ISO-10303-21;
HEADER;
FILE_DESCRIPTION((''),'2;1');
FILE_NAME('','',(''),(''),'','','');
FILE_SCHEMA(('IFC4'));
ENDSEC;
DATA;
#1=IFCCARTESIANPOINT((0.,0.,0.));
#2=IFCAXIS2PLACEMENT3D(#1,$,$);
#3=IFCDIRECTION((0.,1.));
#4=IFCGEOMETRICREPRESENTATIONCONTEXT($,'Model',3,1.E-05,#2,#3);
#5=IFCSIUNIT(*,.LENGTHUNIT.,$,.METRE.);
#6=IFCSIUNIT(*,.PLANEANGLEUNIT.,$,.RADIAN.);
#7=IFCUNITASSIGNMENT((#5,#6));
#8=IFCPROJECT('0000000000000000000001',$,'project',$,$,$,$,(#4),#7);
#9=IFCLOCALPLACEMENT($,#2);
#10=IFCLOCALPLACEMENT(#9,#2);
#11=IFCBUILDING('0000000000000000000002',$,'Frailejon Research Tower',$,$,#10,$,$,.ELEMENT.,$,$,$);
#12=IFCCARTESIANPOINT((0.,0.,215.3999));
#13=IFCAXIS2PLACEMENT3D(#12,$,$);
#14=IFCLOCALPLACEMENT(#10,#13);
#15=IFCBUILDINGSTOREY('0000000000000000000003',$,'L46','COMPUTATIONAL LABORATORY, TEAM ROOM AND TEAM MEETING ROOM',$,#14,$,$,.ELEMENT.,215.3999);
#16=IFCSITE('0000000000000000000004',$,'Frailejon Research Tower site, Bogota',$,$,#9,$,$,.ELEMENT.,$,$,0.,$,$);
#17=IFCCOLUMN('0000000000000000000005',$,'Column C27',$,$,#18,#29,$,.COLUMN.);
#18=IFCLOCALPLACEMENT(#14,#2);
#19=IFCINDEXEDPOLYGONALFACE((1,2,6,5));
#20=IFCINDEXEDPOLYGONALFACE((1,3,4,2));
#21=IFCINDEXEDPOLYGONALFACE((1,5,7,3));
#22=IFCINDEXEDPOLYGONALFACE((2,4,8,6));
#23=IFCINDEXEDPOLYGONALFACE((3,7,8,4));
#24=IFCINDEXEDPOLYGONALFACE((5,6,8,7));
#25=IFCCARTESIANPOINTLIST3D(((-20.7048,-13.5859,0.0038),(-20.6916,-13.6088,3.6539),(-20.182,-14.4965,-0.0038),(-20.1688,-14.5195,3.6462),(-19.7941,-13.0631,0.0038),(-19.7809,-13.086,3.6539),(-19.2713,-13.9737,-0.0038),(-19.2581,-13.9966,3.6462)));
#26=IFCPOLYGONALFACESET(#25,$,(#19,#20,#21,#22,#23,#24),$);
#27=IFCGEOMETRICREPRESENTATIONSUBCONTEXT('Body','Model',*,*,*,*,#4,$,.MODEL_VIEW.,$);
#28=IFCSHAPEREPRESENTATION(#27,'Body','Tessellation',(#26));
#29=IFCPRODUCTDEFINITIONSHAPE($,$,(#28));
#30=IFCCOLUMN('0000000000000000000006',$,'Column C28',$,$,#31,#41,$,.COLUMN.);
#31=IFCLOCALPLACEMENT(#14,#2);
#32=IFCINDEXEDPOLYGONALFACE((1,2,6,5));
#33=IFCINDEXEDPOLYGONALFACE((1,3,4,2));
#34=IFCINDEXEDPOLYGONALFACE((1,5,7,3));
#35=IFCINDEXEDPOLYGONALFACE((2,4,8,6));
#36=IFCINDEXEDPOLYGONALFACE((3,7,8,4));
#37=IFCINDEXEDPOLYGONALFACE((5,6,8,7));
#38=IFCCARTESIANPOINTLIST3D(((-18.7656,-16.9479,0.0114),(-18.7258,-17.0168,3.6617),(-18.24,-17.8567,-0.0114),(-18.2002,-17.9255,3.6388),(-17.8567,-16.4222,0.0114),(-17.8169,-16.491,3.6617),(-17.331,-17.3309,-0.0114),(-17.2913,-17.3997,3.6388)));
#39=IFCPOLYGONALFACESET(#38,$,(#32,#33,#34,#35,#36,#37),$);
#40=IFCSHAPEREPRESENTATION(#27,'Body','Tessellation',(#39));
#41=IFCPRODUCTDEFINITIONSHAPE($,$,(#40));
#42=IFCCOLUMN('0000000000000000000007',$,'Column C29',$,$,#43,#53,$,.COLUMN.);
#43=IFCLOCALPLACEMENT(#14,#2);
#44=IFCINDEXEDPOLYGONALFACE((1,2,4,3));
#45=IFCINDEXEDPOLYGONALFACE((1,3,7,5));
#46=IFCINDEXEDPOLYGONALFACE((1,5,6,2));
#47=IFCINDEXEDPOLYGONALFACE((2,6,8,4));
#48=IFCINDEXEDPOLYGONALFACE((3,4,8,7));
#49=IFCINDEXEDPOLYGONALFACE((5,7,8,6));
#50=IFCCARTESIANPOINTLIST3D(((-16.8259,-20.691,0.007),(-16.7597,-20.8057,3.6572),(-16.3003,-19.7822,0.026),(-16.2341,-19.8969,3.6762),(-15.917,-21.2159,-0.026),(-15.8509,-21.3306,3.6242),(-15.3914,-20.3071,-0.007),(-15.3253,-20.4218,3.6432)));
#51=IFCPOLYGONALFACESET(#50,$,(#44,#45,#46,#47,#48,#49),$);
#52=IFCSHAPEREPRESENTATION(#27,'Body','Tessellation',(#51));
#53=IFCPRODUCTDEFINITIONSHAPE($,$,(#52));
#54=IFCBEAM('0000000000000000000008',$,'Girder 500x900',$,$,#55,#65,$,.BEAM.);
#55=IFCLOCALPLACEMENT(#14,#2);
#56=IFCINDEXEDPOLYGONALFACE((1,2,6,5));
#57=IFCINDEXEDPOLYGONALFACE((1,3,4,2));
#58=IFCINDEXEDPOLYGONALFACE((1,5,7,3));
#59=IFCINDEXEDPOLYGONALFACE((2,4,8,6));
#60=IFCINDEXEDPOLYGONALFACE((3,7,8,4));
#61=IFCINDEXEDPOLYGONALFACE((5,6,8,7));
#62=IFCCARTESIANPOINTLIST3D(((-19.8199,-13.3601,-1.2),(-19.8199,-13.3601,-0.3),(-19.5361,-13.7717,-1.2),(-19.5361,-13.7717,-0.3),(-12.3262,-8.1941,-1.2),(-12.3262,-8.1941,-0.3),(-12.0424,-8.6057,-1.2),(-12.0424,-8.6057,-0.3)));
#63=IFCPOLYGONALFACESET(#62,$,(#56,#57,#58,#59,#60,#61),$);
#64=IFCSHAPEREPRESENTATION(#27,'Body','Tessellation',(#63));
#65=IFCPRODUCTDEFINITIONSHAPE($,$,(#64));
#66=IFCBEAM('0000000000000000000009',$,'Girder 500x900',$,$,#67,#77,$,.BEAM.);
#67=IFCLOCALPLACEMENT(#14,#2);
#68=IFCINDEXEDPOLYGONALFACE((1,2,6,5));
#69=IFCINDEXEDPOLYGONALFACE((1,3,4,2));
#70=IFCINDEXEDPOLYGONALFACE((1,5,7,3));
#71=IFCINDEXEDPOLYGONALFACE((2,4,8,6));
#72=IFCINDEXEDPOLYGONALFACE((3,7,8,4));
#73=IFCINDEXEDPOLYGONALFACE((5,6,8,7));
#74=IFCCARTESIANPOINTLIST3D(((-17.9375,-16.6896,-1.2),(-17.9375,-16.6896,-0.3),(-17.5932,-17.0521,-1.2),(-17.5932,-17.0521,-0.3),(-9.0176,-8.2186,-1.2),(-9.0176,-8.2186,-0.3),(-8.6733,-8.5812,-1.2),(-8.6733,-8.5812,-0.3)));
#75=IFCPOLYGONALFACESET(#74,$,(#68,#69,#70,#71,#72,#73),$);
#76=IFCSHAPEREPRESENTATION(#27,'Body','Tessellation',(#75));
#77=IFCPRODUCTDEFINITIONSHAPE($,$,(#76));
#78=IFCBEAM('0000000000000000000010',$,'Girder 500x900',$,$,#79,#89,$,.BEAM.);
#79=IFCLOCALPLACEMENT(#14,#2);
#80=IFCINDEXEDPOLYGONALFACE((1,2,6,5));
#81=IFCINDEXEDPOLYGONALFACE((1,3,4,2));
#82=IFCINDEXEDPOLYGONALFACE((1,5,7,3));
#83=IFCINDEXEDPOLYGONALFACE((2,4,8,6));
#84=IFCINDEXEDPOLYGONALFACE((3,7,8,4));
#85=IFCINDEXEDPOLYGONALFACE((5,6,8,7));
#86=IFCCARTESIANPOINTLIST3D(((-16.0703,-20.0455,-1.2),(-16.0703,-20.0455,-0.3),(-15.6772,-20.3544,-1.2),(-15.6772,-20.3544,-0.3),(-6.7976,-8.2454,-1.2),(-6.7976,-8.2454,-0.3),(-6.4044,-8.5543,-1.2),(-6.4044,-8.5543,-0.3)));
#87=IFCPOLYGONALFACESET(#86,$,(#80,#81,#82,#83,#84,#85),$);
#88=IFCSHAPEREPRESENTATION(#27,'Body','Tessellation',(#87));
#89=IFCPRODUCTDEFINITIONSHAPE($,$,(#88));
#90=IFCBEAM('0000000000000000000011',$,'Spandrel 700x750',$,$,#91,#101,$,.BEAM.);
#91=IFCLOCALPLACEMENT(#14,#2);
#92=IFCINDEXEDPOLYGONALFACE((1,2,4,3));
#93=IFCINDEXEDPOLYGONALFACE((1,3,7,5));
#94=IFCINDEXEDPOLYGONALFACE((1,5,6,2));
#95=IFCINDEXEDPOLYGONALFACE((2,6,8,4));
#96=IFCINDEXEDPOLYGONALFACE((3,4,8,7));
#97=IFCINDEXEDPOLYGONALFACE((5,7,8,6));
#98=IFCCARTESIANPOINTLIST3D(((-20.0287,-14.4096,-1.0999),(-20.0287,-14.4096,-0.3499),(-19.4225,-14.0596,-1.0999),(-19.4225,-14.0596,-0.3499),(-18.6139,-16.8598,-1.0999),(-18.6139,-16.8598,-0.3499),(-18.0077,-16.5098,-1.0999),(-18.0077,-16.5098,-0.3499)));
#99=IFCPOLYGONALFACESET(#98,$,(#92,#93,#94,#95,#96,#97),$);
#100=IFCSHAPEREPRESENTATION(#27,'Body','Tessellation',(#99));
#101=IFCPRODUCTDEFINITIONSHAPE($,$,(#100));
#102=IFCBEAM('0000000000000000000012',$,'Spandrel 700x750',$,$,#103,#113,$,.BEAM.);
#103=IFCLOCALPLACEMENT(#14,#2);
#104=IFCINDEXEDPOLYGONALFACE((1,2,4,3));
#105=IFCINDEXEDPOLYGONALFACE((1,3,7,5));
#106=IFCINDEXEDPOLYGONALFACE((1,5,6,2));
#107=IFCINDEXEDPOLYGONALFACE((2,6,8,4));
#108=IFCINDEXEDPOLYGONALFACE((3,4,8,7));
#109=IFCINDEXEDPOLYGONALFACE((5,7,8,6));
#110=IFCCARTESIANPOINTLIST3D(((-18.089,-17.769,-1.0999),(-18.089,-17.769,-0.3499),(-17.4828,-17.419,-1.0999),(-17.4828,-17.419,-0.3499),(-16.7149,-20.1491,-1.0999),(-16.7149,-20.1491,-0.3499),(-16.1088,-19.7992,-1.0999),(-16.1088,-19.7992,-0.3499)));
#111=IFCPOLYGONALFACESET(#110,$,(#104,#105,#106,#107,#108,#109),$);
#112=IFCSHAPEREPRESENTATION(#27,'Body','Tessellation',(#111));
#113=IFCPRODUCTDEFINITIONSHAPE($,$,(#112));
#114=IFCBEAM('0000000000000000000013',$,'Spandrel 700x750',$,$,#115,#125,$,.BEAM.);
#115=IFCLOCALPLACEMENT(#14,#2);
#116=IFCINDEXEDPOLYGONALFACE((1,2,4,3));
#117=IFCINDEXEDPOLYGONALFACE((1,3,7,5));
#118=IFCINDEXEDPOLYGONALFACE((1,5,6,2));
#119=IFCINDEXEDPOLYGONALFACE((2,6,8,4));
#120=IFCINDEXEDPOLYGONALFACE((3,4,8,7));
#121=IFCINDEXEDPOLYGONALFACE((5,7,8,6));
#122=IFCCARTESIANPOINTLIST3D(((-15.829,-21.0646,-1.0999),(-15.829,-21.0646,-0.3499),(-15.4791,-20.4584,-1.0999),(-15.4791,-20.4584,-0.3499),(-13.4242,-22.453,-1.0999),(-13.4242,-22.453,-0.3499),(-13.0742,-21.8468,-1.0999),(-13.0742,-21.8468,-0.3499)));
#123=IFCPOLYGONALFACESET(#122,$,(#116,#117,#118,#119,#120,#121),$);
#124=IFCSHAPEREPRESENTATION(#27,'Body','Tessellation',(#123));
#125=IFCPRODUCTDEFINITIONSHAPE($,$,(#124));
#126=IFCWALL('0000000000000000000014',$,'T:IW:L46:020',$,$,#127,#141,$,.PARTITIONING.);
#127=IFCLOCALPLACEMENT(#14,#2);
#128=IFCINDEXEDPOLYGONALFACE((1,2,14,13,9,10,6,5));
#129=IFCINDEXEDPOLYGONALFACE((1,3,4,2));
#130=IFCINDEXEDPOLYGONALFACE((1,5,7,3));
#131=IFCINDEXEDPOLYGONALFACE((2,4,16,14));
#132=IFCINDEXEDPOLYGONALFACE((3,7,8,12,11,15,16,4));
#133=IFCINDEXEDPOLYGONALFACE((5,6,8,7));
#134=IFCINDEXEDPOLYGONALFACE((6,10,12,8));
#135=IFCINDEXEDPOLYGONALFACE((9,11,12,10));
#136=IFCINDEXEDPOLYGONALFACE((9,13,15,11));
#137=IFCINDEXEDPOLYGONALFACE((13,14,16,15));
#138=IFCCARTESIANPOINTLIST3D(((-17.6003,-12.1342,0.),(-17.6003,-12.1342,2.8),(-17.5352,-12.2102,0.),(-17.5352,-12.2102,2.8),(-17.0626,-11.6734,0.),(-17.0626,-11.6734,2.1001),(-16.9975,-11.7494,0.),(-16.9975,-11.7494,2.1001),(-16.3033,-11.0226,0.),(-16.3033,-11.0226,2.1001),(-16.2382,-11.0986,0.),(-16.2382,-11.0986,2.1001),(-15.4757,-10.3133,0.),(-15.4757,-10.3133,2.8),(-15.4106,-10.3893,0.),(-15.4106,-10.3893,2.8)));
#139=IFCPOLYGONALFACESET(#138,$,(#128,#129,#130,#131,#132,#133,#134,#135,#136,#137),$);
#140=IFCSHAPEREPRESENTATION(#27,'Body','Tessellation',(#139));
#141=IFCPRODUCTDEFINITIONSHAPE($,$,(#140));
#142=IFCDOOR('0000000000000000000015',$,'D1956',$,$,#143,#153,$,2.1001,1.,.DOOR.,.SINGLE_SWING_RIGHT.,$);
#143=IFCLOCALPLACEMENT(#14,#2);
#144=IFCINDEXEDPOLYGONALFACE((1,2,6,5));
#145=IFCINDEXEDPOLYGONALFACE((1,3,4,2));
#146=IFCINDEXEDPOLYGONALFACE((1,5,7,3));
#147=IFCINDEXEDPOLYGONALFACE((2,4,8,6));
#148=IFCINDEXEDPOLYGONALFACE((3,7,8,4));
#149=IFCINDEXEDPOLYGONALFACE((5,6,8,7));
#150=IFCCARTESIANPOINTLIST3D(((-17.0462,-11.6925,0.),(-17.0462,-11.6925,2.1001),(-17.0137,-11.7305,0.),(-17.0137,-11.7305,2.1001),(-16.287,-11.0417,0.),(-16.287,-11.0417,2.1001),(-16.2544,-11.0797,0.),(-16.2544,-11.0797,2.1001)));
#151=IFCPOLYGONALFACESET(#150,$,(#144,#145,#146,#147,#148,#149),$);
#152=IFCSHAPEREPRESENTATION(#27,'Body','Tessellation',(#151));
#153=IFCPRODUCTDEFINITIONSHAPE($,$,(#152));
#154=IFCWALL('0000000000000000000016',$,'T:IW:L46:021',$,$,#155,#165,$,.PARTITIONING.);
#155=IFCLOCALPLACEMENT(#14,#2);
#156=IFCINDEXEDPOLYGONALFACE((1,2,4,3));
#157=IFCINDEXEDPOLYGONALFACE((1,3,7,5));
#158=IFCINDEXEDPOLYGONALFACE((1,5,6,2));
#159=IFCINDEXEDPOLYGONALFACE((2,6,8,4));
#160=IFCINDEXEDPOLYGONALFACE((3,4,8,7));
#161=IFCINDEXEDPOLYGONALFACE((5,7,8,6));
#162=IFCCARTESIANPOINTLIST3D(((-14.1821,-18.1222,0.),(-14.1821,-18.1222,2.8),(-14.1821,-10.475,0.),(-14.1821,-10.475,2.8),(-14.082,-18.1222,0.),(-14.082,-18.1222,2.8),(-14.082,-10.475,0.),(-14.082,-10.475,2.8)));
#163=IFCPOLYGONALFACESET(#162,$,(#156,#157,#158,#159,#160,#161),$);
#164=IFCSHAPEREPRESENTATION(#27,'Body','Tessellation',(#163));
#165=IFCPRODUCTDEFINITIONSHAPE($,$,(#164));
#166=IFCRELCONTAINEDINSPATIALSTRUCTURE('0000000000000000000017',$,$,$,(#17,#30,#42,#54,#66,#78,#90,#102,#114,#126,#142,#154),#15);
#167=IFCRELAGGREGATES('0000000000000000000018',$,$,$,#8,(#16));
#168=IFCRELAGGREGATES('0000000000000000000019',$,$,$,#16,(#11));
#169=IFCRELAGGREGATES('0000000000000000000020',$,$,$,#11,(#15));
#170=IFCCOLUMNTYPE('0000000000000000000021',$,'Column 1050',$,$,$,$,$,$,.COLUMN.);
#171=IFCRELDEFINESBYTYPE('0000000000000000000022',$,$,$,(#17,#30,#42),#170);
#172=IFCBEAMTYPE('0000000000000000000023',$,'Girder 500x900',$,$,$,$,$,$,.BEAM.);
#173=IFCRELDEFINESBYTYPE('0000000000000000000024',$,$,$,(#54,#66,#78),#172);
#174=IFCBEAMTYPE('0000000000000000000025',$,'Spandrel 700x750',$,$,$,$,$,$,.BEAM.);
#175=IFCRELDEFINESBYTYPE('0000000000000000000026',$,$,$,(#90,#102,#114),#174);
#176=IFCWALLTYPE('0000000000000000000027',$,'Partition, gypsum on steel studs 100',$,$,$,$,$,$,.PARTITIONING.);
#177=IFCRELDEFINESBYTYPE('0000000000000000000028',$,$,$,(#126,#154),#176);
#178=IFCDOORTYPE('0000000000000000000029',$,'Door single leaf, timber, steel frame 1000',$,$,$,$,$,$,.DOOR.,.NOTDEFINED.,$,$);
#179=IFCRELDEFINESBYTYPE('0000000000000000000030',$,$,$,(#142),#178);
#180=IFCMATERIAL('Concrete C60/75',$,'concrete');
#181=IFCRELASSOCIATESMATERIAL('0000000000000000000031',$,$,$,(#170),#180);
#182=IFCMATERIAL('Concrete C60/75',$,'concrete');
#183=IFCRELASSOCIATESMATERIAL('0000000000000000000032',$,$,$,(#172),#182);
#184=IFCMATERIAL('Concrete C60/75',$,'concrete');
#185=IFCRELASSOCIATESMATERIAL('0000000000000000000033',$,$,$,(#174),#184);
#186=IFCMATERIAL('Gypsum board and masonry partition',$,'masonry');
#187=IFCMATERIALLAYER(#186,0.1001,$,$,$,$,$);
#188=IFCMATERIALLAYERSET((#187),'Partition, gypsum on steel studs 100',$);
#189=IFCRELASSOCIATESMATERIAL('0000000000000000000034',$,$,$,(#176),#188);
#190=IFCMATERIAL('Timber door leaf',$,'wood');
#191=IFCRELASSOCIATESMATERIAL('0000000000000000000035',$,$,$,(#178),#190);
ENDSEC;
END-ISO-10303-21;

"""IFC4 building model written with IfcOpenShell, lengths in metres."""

from ifc_helpers import new_model, si_unit, direction, frame, frame_2d, origin, origin_2d, place, context, subcontext, project, spatial, rectangle, extrude, material, layer, layer_set, material_profile, profile_set, type_object, element, fill, save


model = new_model("IFC4")

# Units and contexts
model_context = context("Model", 3, precision=1e-05, world=origin(), true_north=direction((0.0, 1.0)))
body_context = subcontext(model_context, "Body", "Model", "MODEL_VIEW")
ifc_project = project(units=[si_unit("LENGTHUNIT", "METRE"), si_unit("PLANEANGLEUNIT", "RADIAN")], contexts=[model_context])

# Site, building, storey
site_placement = place(None, origin())
site = spatial("IfcSite", under=ifc_project, at=site_placement, Name="Frailejon Research Tower site, Bogota", CompositionType="ELEMENT", RefElevation=0.0)
building_placement = place(site_placement, origin())
building = spatial("IfcBuilding", under=site, at=building_placement, Name="Frailejon Research Tower", CompositionType="ELEMENT")
storey_placement = place(building_placement, frame((0.0, 0.0, 215.3999)))
storey = spatial("IfcBuildingStorey", under=building, at=storey_placement, Name="L46", Description="COMPUTATIONAL LABORATORY, TEAM ROOM AND TEAM MEETING ROOM", CompositionType="ELEMENT", Elevation=215.3999)

# Columns
ifc_material_1 = material(Name="Concrete C60/75", Category="concrete")
ifc_material_profile_1 = material_profile(ifc_material_1, rectangle(XDim=1.05, YDim=1.05, at=origin_2d()), Name="Column 1050")
ifc_profile_set_1 = profile_set([ifc_material_profile_1], Name="Concrete C60/75")
column_type = type_object("IfcColumnType", Name="Column 1050", PredefinedType="COLUMN", material=ifc_profile_set_1)
column_1_placement = place(storey_placement, frame((-19.988, -13.7798, 0.0), z_axis=(0.003612, -0.006287, 0.999974), x_axis=(0.49789, -0.86721, -0.007251)))
element("IfcColumn", 1, at=column_1_placement, inside=storey, type_object=column_type, Name="Column C27", PredefinedType="COLUMN", context=body_context, shape_type="SweptSolid", body=[
    extrude(rectangle(XDim=1.05, YDim=1.05, at=origin_2d()), origin(), (0.0, 0.0, 1.0), 3.6501),
])
column_2_placement = place(storey_placement, frame((-18.0483, -17.1394, 0.0), z_axis=(0.0109, -0.018857, 0.999763), x_axis=(0.50059, -0.86541, -0.021781)))
element("IfcColumn", 2, at=column_2_placement, inside=storey, type_object=column_type, Name="Column C28", PredefinedType="COLUMN", context=body_context, shape_type="SweptSolid", body=[
    extrude(rectangle(XDim=1.05, YDim=1.05, at=origin_2d()), origin(), (0.0, 0.0, 1.0), 3.6511),
])
column_3_placement = place(storey_placement, frame((-16.1086, -20.499, 0.0), z_axis=(0.018114, -0.031415, 0.999342), x_axis=(0.86552, -0.499889, -0.031403)))
element("IfcColumn", 3, at=column_3_placement, inside=storey, type_object=column_type, Name="Column C29", PredefinedType="COLUMN", context=body_context, shape_type="SweptSolid", body=[
    extrude(rectangle(XDim=1.05, YDim=1.05, at=origin_2d()), origin(), (0.0, 0.0, 1.0), 3.6526),
])

# Beams
ifc_material_2 = material(Name="Concrete C60/75", Category="concrete")
ifc_material_profile_2 = material_profile(ifc_material_2, rectangle(XDim=0.5, YDim=0.8999, at=origin_2d()), Name="Girder 500x900")
ifc_profile_set_2 = profile_set([ifc_material_profile_2], Name="Concrete C60/75")
beam_type_1 = type_object("IfcBeamType", Name="Girder 500x900", PredefinedType="BEAM", material=ifc_profile_set_2)
beam_1_placement = place(storey_placement, frame((-19.678, -13.5659, -0.75), z_axis=(0.823317, 0.567583, 0.0), x_axis=(-0.567583, 0.823317, 0.0)))
element("IfcBeam", 4, at=beam_1_placement, inside=storey, type_object=beam_type_1, Name="Girder 500x900", PredefinedType="BEAM", context=body_context, shape_type="SweptSolid", body=[
    extrude(rectangle(XDim=0.5, YDim=0.8999, at=origin_2d()), origin(), (0.0, 0.0, 1.0), 9.1018),
])
beam_2_placement = place(storey_placement, frame((-17.7654, -16.8708, -0.75), z_axis=(0.72512, 0.688622, 0.0), x_axis=(-0.688622, 0.72512, 0.0)))
element("IfcBeam", 5, at=beam_2_placement, inside=storey, type_object=beam_type_1, Name="Girder 500x900", PredefinedType="BEAM", context=body_context, shape_type="SweptSolid", body=[
    extrude(rectangle(XDim=0.5, YDim=0.8999, at=origin_2d()), origin(), (0.0, 0.0, 1.0), 12.3013),
])
beam_3_placement = place(storey_placement, frame((-15.8738, -20.2, -0.75), z_axis=(0.617873, 0.786278, 0.0), x_axis=(-0.786278, 0.617873, 0.0)))
element("IfcBeam", 6, at=beam_3_placement, inside=storey, type_object=beam_type_1, Name="Girder 500x900", PredefinedType="BEAM", context=body_context, shape_type="SweptSolid", body=[
    extrude(rectangle(XDim=0.5, YDim=0.8999, at=origin_2d()), origin(), (0.0, 0.0, 1.0), 15.0076),
])
ifc_material_3 = material(Name="Concrete C60/75", Category="concrete")
ifc_material_profile_3 = material_profile(ifc_material_3, rectangle(XDim=0.7, YDim=0.75, at=origin_2d()), Name="Spandrel 700x750")
ifc_profile_set_3 = profile_set([ifc_material_profile_3], Name="Concrete C60/75")
beam_type_2 = type_object("IfcBeamType", Name="Spandrel 700x750", PredefinedType="BEAM", material=ifc_profile_set_3)
beam_4_placement = place(storey_placement, frame((-19.7256, -14.2346, -0.7249), z_axis=(0.500046, -0.865999, 0.0), x_axis=(0.865999, 0.500046, 0.0)))
element("IfcBeam", 7, at=beam_4_placement, inside=storey, type_object=beam_type_2, Name="Spandrel 700x750", PredefinedType="BEAM", context=body_context, shape_type="SweptSolid", body=[
    extrude(rectangle(XDim=0.7, YDim=0.75, at=origin_2d()), origin(), (0.0, 0.0, 1.0), 2.8293),
])
beam_5_placement = place(storey_placement, frame((-17.7859, -17.594, -0.7249), z_axis=(0.499961, -0.866048, 0.0), x_axis=(0.866048, 0.499961, 0.0)))
element("IfcBeam", 8, at=beam_5_placement, inside=storey, type_object=beam_type_2, Name="Spandrel 700x750", PredefinedType="BEAM", context=body_context, shape_type="SweptSolid", body=[
    extrude(rectangle(XDim=0.7, YDim=0.75, at=origin_2d()), origin(), (0.0, 0.0, 1.0), 2.7483),
])
beam_6_placement = place(storey_placement, frame((-15.6541, -20.7615, -0.7249), z_axis=(0.866022, -0.500007, 0.0), x_axis=(0.500007, 0.866022, 0.0)))
element("IfcBeam", 9, at=beam_6_placement, inside=storey, type_object=beam_type_2, Name="Spandrel 700x750", PredefinedType="BEAM", context=body_context, shape_type="SweptSolid", body=[
    extrude(rectangle(XDim=0.7, YDim=0.75, at=origin_2d()), origin(), (0.0, 0.0, 1.0), 2.7769),
])

# Wall, opening, door
ifc_material_4 = material(Name="Gypsum board and masonry partition", Category="masonry")
ifc_layer_1 = layer(ifc_material_4, 0.1001)
ifc_layer_set_1 = layer_set([ifc_layer_1], Name="Partition, gypsum on steel studs 100")
wall_type_1 = type_object("IfcWallType", Name="Partition, gypsum on steel studs 100", PredefinedType="PARTITIONING", material=ifc_layer_set_1)
wall_1_placement = place(storey_placement, frame((-17.5676, -12.1721, 0.0), z_axis=(0.0, 0.0, 1.0), x_axis=(0.759294, 0.650748, 0.0)))
wall_1 = element("IfcWall", 10, at=wall_1_placement, inside=storey, type_object=wall_type_1, Name="T:IW:L46:020", PredefinedType="PARTITIONING", context=body_context, shape_type="SweptSolid", body=[
    extrude(rectangle(XDim=2.7981, YDim=0.1001, at=frame_2d((1.3989, 0.0))), origin(), (0.0, 0.0, 1.0), 2.8),
])
opening_1_placement = place(wall_1_placement, frame((0.708, 0.0, 0.0)))
opening_1 = element("IfcOpeningElement", 11, at=opening_1_placement, cuts=wall_1, PredefinedType="OPENING", context=body_context, shape_type="SweptSolid", body=[
    extrude(rectangle(XDim=1.0, YDim=2.1001, at=frame_2d((0.5, 1.05))), frame((0.0, 0.0601, 0.0), z_axis=(0.0, -1.0, 0.0), x_axis=(1.0, 0.0, 0.0)), (0.0, 0.0, 1.0), 0.1201),
])
ifc_material_5 = material(Name="Timber door leaf", Category="wood")
door_type = type_object("IfcDoorType", Name="Door single leaf, timber, steel frame 1000", OperationType="NOTDEFINED", PredefinedType="DOOR", material=ifc_material_5)
door_placement = place(opening_1_placement, origin())
door = element("IfcDoor", 12, at=door_placement, inside=storey, type_object=door_type, Name="D1956", OperationType="SINGLE_SWING_RIGHT", OverallHeight=2.1001, OverallWidth=1.0, PredefinedType="DOOR", context=body_context, shape_type="SweptSolid", body=[
    extrude(rectangle(XDim=1.0, YDim=2.1001, at=frame_2d((0.5, 1.05))), frame((0.0, 0.0249, 0.0), z_axis=(0.0, -1.0, 0.0), x_axis=(1.0, 0.0, 0.0)), (0.0, 0.0, 1.0), 0.05),
])
fill(opening_1, door)

# Wall
wall_2_placement = place(storey_placement, frame((-14.1321, -18.1223, 0.0), z_axis=(0.0, 0.0, 1.0), x_axis=(0.0, 1.0, 0.0)))
element("IfcWall", 13, at=wall_2_placement, inside=storey, type_object=wall_type_1, Name="T:IW:L46:021", PredefinedType="PARTITIONING", context=body_context, shape_type="SweptSolid", body=[
    extrude(rectangle(XDim=7.6472, YDim=0.1001, at=frame_2d((3.8237, 0.0))), origin(), (0.0, 0.0, 1.0), 2.8),
])

save(model, "model.ifc")
